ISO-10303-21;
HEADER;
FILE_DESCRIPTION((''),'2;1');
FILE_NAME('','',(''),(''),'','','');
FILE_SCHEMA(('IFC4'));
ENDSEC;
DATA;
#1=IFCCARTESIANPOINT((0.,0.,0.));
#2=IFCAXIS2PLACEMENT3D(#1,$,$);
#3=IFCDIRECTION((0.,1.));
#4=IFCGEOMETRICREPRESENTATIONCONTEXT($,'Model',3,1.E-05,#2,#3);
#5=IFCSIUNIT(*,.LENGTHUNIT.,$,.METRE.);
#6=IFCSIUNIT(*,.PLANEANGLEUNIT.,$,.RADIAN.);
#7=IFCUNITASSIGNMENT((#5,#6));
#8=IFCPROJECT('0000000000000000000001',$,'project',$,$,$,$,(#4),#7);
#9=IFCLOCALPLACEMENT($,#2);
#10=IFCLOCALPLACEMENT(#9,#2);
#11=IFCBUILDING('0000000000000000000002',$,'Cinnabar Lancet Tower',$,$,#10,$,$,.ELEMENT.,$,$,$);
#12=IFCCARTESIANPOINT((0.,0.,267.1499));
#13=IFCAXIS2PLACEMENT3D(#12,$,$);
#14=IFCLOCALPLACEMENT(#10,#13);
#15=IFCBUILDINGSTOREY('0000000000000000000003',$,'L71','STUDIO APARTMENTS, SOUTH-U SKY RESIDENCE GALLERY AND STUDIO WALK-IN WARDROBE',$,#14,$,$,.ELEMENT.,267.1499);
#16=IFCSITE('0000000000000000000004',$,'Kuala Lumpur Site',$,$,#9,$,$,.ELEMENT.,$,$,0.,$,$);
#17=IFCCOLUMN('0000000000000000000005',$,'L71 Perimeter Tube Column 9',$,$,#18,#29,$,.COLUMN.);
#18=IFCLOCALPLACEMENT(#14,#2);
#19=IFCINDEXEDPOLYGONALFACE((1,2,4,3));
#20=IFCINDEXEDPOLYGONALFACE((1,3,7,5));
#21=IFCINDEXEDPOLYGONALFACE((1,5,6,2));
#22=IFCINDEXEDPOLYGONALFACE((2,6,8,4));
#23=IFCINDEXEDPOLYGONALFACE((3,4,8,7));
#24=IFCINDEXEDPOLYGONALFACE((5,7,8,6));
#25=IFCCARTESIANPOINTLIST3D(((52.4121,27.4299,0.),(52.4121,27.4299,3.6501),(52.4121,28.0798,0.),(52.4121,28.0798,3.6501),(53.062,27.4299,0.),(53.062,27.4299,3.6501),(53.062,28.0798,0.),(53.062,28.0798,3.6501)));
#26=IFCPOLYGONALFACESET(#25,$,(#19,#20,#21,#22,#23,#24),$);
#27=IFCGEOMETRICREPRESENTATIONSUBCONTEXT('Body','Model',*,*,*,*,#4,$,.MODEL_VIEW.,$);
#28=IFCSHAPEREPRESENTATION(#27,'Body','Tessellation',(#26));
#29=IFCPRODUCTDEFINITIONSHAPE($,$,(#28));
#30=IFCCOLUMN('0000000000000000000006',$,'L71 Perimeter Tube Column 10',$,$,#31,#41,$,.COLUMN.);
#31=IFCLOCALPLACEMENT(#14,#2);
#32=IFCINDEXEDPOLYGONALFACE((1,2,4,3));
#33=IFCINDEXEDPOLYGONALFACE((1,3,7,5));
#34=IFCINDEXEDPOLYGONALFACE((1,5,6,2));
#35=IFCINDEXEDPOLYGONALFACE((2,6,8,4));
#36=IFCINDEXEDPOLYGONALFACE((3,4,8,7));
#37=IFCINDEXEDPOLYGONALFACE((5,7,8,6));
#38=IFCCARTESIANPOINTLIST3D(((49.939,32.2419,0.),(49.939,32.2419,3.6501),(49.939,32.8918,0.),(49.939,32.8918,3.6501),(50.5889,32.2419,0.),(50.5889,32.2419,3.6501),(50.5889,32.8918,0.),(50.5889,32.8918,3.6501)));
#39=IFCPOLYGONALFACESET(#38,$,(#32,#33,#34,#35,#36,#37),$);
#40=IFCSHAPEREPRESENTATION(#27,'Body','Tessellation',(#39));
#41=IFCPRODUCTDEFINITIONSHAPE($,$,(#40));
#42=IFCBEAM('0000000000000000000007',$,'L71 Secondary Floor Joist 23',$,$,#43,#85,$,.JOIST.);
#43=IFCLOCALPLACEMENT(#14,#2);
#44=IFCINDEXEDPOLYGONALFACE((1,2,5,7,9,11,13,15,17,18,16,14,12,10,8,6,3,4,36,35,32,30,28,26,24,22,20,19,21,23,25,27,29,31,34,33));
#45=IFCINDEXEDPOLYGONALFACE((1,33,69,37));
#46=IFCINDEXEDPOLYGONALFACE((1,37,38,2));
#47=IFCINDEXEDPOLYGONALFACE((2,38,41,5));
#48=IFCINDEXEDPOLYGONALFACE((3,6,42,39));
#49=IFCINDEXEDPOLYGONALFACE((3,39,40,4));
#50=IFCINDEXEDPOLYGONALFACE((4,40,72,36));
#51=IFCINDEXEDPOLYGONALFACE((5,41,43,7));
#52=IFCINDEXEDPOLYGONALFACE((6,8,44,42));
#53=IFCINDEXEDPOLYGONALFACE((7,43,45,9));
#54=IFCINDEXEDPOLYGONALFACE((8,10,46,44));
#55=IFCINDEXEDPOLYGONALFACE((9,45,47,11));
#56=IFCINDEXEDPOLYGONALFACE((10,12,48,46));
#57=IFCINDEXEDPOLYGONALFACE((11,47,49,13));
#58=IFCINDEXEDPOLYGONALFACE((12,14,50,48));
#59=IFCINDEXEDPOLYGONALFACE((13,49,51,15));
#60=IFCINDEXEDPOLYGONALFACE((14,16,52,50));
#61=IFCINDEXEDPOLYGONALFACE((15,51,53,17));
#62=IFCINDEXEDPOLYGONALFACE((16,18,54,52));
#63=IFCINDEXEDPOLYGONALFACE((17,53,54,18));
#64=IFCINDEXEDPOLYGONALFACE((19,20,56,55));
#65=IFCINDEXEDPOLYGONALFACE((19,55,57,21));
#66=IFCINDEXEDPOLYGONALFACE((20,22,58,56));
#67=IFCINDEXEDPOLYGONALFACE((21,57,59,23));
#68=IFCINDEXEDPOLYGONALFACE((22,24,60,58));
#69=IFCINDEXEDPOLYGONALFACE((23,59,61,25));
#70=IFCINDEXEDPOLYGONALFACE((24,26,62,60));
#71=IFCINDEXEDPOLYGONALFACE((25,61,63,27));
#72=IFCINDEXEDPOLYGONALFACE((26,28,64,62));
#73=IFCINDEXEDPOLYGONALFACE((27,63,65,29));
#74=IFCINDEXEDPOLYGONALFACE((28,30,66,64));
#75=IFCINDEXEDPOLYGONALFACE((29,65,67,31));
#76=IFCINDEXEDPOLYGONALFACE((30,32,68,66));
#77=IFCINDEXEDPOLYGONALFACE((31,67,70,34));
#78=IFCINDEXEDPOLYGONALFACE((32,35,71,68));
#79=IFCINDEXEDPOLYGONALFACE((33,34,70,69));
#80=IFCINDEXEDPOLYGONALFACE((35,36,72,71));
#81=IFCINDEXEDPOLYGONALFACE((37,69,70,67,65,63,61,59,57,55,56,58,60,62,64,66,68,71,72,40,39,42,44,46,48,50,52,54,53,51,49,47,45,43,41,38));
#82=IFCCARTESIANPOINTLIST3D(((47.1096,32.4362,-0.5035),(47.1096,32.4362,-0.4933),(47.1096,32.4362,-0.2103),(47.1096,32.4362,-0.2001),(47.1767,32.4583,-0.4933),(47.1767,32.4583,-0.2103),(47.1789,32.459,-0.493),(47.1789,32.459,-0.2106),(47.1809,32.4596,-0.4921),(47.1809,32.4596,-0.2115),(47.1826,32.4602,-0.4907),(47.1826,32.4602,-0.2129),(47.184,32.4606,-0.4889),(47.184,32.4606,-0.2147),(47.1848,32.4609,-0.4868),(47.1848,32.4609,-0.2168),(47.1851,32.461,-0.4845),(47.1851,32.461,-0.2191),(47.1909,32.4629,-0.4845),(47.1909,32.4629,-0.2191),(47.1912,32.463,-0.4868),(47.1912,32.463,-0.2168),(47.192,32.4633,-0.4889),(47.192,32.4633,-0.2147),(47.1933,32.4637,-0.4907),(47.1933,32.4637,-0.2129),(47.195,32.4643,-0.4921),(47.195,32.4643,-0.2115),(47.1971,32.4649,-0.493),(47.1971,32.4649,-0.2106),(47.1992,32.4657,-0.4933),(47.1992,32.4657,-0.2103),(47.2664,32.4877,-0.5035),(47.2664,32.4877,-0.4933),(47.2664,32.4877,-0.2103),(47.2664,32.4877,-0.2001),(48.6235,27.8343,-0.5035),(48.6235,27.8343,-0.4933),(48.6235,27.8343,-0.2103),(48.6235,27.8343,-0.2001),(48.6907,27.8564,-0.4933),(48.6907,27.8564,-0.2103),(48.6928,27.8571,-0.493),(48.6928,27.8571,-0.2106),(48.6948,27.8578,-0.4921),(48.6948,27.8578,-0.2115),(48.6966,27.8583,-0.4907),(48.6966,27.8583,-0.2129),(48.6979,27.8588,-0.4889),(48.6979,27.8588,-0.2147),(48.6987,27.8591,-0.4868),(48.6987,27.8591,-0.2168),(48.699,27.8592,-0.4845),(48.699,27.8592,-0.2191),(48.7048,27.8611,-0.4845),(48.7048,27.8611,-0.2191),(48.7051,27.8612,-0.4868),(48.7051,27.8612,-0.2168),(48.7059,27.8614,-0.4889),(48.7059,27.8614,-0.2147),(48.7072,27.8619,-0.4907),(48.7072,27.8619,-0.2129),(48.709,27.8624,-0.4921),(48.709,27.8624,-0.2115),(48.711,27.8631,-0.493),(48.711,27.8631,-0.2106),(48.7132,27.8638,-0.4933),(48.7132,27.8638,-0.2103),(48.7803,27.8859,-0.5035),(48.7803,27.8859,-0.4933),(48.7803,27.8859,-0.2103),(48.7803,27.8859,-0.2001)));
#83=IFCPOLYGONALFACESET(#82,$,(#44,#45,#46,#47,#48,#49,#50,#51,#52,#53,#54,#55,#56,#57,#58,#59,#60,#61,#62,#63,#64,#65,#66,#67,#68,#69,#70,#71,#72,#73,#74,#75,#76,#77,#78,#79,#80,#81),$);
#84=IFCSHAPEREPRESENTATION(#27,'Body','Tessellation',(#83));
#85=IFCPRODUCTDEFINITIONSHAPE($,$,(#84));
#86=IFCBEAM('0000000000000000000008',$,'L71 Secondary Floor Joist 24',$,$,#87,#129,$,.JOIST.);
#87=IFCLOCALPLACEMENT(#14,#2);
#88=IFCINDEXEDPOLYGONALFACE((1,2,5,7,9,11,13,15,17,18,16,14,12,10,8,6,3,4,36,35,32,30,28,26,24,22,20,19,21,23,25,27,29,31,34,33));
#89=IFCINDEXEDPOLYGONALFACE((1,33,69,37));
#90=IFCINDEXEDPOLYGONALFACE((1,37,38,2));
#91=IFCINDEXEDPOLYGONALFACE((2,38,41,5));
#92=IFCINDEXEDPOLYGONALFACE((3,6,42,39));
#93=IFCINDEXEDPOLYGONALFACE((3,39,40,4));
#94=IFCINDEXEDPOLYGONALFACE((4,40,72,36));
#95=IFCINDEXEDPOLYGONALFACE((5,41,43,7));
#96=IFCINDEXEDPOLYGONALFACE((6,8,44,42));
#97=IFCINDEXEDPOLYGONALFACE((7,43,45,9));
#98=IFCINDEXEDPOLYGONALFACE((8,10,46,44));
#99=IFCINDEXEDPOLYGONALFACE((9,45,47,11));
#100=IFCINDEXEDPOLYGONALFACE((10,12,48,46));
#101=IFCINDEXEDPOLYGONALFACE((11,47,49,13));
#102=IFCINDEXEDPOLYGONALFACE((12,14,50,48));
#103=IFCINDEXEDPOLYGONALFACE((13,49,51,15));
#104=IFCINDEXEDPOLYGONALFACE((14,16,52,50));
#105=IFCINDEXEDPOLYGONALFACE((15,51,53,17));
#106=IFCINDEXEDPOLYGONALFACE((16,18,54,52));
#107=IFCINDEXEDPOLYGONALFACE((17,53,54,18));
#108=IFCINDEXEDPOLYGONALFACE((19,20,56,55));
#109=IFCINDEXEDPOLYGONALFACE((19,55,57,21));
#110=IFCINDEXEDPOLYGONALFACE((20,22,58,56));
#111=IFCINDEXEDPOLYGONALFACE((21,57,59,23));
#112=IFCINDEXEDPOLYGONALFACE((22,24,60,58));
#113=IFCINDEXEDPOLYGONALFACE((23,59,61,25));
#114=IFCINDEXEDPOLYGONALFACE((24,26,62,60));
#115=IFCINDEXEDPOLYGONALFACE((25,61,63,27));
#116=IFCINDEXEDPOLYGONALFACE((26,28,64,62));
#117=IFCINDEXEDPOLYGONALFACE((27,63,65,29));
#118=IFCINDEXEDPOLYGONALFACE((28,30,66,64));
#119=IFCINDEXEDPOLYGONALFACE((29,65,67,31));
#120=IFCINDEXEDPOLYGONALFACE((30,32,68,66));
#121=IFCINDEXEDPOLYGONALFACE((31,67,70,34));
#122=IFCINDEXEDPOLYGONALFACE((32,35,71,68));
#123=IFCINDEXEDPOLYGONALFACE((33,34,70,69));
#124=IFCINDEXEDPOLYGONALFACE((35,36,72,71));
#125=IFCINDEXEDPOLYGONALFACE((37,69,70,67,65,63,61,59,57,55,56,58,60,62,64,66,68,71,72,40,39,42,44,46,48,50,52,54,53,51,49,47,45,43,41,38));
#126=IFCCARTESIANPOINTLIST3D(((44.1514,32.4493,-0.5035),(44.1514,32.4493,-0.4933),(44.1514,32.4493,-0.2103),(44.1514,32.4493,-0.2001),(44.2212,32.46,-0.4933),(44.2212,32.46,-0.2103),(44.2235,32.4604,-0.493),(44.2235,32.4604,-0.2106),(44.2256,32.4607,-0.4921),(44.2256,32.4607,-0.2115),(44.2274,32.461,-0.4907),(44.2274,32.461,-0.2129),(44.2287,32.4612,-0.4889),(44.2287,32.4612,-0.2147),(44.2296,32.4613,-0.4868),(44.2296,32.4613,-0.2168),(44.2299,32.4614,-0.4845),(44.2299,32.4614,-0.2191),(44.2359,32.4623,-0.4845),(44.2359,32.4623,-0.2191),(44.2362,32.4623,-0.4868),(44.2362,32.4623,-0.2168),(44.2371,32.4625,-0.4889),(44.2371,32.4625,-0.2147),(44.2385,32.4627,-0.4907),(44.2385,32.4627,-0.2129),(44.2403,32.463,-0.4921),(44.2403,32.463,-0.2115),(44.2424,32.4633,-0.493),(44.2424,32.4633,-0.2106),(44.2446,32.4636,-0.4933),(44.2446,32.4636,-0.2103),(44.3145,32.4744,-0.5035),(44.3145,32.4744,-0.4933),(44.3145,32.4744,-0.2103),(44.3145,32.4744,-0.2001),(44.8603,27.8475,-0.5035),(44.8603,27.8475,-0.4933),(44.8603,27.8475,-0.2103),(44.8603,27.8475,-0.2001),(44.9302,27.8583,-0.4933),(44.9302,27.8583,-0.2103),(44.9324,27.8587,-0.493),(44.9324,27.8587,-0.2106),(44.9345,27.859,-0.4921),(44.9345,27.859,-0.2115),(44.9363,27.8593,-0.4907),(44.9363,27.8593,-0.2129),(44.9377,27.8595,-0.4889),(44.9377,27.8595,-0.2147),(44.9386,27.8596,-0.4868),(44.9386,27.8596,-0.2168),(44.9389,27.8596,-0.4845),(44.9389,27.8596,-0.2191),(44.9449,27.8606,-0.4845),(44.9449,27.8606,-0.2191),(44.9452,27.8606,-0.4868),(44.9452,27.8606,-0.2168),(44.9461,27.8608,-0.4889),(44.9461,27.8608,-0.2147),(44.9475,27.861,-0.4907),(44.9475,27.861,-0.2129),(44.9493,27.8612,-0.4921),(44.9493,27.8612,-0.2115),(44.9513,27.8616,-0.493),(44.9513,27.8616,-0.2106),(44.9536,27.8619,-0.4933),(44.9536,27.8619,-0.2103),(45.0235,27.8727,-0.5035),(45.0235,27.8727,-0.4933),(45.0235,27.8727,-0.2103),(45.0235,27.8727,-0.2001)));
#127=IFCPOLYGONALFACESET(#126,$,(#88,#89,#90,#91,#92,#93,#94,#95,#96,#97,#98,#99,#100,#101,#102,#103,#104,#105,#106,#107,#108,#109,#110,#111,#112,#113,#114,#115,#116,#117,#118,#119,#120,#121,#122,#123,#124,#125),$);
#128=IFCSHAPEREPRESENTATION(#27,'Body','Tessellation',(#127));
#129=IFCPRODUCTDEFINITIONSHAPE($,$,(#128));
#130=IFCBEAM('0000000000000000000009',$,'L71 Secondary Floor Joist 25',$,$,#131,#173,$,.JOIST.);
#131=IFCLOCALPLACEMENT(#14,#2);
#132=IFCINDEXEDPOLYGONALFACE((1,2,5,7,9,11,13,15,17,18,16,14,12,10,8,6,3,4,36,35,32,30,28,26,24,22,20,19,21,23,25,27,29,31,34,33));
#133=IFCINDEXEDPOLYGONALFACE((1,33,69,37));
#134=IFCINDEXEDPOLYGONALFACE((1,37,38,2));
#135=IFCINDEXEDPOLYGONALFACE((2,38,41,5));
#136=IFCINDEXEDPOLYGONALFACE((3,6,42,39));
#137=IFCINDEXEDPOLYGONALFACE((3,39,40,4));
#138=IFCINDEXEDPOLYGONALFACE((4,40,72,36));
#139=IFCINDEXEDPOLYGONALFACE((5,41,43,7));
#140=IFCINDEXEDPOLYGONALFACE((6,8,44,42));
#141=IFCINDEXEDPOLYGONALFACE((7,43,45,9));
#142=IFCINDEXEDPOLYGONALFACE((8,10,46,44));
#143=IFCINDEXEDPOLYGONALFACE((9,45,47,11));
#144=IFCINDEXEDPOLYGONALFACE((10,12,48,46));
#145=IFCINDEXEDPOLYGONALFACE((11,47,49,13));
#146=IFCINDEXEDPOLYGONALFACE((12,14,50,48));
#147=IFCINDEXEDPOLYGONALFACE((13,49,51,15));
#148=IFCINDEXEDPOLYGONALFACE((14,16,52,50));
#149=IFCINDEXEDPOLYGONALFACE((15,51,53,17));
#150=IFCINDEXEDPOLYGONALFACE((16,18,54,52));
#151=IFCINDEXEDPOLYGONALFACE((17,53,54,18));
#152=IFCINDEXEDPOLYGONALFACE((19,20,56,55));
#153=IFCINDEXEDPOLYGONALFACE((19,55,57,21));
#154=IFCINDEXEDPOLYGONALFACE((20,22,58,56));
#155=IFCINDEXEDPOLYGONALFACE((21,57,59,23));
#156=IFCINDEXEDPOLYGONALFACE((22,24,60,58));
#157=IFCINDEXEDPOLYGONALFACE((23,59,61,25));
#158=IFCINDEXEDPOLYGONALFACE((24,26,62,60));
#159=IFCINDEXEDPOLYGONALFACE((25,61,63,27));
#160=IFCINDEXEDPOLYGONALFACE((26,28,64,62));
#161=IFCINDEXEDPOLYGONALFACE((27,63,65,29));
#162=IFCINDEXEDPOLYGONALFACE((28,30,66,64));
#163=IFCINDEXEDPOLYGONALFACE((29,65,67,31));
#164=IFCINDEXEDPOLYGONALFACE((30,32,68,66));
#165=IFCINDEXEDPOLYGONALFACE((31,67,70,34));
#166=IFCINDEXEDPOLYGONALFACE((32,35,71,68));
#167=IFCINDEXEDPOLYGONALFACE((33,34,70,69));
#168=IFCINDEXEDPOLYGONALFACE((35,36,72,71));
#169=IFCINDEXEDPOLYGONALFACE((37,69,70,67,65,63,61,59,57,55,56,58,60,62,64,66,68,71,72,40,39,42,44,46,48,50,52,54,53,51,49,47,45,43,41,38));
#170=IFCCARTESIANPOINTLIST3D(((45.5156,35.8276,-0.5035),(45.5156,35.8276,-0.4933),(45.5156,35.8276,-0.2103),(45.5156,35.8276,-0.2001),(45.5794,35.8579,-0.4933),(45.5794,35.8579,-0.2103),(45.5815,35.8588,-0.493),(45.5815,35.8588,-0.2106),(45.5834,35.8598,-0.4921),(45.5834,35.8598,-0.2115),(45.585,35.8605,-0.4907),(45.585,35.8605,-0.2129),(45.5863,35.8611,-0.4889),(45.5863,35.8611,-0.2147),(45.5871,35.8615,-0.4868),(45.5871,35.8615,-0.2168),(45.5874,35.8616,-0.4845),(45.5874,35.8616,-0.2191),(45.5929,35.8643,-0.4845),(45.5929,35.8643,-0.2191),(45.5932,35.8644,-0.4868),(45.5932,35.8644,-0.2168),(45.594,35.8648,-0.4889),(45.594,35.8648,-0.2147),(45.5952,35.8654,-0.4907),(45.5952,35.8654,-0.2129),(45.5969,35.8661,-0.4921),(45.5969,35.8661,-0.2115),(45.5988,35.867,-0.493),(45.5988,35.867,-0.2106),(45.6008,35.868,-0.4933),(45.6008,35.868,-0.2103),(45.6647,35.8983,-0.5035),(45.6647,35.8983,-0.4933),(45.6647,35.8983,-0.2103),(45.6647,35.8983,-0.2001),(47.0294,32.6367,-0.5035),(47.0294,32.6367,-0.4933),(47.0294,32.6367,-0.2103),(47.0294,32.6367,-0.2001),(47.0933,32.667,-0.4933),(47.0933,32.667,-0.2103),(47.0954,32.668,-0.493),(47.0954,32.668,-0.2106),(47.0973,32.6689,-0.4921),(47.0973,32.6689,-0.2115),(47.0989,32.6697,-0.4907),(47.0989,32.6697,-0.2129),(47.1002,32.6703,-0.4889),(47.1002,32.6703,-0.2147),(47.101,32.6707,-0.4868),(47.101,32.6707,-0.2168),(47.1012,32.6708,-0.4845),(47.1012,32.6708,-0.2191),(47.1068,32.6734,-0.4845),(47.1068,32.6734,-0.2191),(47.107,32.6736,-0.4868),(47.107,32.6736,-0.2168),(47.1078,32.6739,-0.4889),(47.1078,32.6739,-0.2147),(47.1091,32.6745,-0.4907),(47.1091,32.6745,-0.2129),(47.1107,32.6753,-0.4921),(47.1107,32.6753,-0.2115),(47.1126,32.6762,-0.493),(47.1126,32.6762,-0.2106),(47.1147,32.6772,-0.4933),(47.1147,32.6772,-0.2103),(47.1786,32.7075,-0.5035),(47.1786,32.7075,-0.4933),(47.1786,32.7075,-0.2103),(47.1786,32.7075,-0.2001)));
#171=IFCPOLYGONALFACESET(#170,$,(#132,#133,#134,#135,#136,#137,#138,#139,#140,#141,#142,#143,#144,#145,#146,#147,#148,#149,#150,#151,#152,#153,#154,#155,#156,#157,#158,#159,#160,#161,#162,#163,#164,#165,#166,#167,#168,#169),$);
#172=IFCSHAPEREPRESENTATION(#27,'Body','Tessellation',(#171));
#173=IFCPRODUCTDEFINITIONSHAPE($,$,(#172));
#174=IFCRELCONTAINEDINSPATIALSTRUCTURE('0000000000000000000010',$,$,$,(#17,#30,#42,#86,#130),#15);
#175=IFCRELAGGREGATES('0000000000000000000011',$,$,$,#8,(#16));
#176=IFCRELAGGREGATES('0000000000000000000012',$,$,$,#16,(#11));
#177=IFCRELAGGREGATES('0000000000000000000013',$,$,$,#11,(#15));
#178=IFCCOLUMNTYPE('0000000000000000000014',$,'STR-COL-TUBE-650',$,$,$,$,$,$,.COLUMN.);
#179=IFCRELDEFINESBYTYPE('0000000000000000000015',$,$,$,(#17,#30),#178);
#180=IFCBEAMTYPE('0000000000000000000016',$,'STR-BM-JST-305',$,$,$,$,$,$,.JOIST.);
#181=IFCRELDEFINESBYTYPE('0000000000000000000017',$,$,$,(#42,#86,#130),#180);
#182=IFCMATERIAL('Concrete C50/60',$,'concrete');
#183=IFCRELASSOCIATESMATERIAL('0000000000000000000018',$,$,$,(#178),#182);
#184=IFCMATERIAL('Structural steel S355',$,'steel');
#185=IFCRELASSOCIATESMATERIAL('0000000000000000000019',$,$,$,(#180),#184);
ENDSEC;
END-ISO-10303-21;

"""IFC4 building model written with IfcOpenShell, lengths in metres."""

from ifc_helpers import new_model, si_unit, direction, frame, origin, origin_2d, place, context, subcontext, project, spatial, rectangle, i_section, extrude, material, material_profile, profile_set, type_object, element, save


model = new_model("IFC4")

# Units and contexts
model_context = context("Model", 3, precision=1e-05, world=origin(), true_north=direction((0.0, 1.0)))
body_context = subcontext(model_context, "Body", "Model", "MODEL_VIEW")
ifc_project = project(units=[si_unit("LENGTHUNIT", "METRE"), si_unit("PLANEANGLEUNIT", "RADIAN")], contexts=[model_context])

# Site, building, storey
site_placement = place(None, origin())
site = spatial("IfcSite", under=ifc_project, at=site_placement, Name="Kuala Lumpur Site", CompositionType="ELEMENT", RefElevation=0.0)
building_placement = place(site_placement, origin())
building = spatial("IfcBuilding", under=site, at=building_placement, Name="Cinnabar Lancet Tower", CompositionType="ELEMENT")
storey_placement = place(building_placement, frame((0.0, 0.0, 267.1499)))
storey = spatial("IfcBuildingStorey", under=building, at=storey_placement, Name="L71", Description="STUDIO APARTMENTS, SOUTH-U SKY RESIDENCE GALLERY AND STUDIO WALK-IN WARDROBE", CompositionType="ELEMENT", Elevation=267.1499)

# Columns
ifc_material_1 = material(Name="Concrete C50/60", Category="concrete")
ifc_material_profile_1 = material_profile(ifc_material_1, rectangle(XDim=0.6499, YDim=0.6499, at=origin_2d()), Name="RC-COL 650x650")
ifc_profile_set_1 = profile_set([ifc_material_profile_1], Name="Concrete C50/60")
column_type = type_object("IfcColumnType", Name="STR-COL-TUBE-650", PredefinedType="COLUMN", material=ifc_profile_set_1)
for number, where, z_axis, x_axis, name in (
    (1, (52.7371, 27.7549, 0.0), (0.0, 0.0, 1.0), (1.0, 0.0, 0.0), "L71 Perimeter Tube Column 9"),
    (2, (50.2639, 32.5669, 0.0), (0.0, 0.0, 1.0), (1.0, 0.0, 0.0), "L71 Perimeter Tube Column 10"),
):
    element("IfcColumn", number, at=place(storey_placement, frame(where, z_axis=z_axis, x_axis=x_axis)), inside=storey, type_object=column_type, Name=name, PredefinedType="COLUMN", context=body_context, shape_type="SweptSolid", body=[
        extrude(rectangle(XDim=0.6499, YDim=0.6499, at=origin_2d()), origin(), (0.0, 0.0, 1.0), 3.6501),
    ])

# Beams
ifc_material_2 = material(Name="Structural steel S355", Category="steel")
ifc_material_profile_2 = material_profile(ifc_material_2, i_section(OverallWidth=0.165, OverallDepth=0.3035, WebThickness=0.0061, FlangeThickness=0.0103, FilletRadius=0.0088, at=origin_2d()), Name="UKB 305x165x40")
ifc_profile_set_2 = profile_set([ifc_material_profile_2], Name="Structural steel S355")
beam_type_1 = type_object("IfcBeamType", Name="STR-BM-JST-305", PredefinedType="JOIST", material=ifc_profile_set_2)
beam_1_placement = place(storey_placement, frame((48.7019, 27.8601, -0.3518), z_axis=(-0.312506, 0.949916, 0.0), x_axis=(-0.949916, -0.312506, 0.0)))
element("IfcBeam", 3, at=beam_1_placement, inside=storey, type_object=beam_type_1, Name="L71 Secondary Floor Joist 23", PredefinedType="JOIST", context=body_context, shape_type="SweptSolid", body=[
    extrude(i_section(OverallWidth=0.165, OverallDepth=0.3035, WebThickness=0.0061, FlangeThickness=0.0103, FilletRadius=0.0088, at=origin_2d()), origin(), (0.0, 0.0, 1.0), 4.8445),
])
beam_2_placement = place(storey_placement, frame((44.9419, 27.8601, -0.3518), z_axis=(-0.15227, 0.988339, 0.0), x_axis=(-0.988339, -0.15227, 0.0)))
element("IfcBeam", 4, at=beam_2_placement, inside=storey, type_object=beam_type_1, Name="L71 Secondary Floor Joist 24", PredefinedType="JOIST", context=body_context, shape_type="SweptSolid", body=[
    extrude(i_section(OverallWidth=0.165, OverallDepth=0.3035, WebThickness=0.0061, FlangeThickness=0.0103, FilletRadius=0.0088, at=origin_2d()), origin(), (0.0, 0.0, 1.0), 4.656),
])
beam_3_placement = place(storey_placement, frame((47.104, 32.6721, -0.3518), z_axis=(-0.428648, 0.903472, 0.0), x_axis=(-0.903472, -0.428648, 0.0)))
element("IfcBeam", 5, at=beam_3_placement, inside=storey, type_object=beam_type_1, Name="L71 Secondary Floor Joist 25", PredefinedType="JOIST", context=body_context, shape_type="SweptSolid", body=[
    extrude(i_section(OverallWidth=0.165, OverallDepth=0.3035, WebThickness=0.0061, FlangeThickness=0.0103, FilletRadius=0.0088, at=origin_2d()), origin(), (0.0, 0.0, 1.0), 3.5317),
])

save(model, "model.ifc")
